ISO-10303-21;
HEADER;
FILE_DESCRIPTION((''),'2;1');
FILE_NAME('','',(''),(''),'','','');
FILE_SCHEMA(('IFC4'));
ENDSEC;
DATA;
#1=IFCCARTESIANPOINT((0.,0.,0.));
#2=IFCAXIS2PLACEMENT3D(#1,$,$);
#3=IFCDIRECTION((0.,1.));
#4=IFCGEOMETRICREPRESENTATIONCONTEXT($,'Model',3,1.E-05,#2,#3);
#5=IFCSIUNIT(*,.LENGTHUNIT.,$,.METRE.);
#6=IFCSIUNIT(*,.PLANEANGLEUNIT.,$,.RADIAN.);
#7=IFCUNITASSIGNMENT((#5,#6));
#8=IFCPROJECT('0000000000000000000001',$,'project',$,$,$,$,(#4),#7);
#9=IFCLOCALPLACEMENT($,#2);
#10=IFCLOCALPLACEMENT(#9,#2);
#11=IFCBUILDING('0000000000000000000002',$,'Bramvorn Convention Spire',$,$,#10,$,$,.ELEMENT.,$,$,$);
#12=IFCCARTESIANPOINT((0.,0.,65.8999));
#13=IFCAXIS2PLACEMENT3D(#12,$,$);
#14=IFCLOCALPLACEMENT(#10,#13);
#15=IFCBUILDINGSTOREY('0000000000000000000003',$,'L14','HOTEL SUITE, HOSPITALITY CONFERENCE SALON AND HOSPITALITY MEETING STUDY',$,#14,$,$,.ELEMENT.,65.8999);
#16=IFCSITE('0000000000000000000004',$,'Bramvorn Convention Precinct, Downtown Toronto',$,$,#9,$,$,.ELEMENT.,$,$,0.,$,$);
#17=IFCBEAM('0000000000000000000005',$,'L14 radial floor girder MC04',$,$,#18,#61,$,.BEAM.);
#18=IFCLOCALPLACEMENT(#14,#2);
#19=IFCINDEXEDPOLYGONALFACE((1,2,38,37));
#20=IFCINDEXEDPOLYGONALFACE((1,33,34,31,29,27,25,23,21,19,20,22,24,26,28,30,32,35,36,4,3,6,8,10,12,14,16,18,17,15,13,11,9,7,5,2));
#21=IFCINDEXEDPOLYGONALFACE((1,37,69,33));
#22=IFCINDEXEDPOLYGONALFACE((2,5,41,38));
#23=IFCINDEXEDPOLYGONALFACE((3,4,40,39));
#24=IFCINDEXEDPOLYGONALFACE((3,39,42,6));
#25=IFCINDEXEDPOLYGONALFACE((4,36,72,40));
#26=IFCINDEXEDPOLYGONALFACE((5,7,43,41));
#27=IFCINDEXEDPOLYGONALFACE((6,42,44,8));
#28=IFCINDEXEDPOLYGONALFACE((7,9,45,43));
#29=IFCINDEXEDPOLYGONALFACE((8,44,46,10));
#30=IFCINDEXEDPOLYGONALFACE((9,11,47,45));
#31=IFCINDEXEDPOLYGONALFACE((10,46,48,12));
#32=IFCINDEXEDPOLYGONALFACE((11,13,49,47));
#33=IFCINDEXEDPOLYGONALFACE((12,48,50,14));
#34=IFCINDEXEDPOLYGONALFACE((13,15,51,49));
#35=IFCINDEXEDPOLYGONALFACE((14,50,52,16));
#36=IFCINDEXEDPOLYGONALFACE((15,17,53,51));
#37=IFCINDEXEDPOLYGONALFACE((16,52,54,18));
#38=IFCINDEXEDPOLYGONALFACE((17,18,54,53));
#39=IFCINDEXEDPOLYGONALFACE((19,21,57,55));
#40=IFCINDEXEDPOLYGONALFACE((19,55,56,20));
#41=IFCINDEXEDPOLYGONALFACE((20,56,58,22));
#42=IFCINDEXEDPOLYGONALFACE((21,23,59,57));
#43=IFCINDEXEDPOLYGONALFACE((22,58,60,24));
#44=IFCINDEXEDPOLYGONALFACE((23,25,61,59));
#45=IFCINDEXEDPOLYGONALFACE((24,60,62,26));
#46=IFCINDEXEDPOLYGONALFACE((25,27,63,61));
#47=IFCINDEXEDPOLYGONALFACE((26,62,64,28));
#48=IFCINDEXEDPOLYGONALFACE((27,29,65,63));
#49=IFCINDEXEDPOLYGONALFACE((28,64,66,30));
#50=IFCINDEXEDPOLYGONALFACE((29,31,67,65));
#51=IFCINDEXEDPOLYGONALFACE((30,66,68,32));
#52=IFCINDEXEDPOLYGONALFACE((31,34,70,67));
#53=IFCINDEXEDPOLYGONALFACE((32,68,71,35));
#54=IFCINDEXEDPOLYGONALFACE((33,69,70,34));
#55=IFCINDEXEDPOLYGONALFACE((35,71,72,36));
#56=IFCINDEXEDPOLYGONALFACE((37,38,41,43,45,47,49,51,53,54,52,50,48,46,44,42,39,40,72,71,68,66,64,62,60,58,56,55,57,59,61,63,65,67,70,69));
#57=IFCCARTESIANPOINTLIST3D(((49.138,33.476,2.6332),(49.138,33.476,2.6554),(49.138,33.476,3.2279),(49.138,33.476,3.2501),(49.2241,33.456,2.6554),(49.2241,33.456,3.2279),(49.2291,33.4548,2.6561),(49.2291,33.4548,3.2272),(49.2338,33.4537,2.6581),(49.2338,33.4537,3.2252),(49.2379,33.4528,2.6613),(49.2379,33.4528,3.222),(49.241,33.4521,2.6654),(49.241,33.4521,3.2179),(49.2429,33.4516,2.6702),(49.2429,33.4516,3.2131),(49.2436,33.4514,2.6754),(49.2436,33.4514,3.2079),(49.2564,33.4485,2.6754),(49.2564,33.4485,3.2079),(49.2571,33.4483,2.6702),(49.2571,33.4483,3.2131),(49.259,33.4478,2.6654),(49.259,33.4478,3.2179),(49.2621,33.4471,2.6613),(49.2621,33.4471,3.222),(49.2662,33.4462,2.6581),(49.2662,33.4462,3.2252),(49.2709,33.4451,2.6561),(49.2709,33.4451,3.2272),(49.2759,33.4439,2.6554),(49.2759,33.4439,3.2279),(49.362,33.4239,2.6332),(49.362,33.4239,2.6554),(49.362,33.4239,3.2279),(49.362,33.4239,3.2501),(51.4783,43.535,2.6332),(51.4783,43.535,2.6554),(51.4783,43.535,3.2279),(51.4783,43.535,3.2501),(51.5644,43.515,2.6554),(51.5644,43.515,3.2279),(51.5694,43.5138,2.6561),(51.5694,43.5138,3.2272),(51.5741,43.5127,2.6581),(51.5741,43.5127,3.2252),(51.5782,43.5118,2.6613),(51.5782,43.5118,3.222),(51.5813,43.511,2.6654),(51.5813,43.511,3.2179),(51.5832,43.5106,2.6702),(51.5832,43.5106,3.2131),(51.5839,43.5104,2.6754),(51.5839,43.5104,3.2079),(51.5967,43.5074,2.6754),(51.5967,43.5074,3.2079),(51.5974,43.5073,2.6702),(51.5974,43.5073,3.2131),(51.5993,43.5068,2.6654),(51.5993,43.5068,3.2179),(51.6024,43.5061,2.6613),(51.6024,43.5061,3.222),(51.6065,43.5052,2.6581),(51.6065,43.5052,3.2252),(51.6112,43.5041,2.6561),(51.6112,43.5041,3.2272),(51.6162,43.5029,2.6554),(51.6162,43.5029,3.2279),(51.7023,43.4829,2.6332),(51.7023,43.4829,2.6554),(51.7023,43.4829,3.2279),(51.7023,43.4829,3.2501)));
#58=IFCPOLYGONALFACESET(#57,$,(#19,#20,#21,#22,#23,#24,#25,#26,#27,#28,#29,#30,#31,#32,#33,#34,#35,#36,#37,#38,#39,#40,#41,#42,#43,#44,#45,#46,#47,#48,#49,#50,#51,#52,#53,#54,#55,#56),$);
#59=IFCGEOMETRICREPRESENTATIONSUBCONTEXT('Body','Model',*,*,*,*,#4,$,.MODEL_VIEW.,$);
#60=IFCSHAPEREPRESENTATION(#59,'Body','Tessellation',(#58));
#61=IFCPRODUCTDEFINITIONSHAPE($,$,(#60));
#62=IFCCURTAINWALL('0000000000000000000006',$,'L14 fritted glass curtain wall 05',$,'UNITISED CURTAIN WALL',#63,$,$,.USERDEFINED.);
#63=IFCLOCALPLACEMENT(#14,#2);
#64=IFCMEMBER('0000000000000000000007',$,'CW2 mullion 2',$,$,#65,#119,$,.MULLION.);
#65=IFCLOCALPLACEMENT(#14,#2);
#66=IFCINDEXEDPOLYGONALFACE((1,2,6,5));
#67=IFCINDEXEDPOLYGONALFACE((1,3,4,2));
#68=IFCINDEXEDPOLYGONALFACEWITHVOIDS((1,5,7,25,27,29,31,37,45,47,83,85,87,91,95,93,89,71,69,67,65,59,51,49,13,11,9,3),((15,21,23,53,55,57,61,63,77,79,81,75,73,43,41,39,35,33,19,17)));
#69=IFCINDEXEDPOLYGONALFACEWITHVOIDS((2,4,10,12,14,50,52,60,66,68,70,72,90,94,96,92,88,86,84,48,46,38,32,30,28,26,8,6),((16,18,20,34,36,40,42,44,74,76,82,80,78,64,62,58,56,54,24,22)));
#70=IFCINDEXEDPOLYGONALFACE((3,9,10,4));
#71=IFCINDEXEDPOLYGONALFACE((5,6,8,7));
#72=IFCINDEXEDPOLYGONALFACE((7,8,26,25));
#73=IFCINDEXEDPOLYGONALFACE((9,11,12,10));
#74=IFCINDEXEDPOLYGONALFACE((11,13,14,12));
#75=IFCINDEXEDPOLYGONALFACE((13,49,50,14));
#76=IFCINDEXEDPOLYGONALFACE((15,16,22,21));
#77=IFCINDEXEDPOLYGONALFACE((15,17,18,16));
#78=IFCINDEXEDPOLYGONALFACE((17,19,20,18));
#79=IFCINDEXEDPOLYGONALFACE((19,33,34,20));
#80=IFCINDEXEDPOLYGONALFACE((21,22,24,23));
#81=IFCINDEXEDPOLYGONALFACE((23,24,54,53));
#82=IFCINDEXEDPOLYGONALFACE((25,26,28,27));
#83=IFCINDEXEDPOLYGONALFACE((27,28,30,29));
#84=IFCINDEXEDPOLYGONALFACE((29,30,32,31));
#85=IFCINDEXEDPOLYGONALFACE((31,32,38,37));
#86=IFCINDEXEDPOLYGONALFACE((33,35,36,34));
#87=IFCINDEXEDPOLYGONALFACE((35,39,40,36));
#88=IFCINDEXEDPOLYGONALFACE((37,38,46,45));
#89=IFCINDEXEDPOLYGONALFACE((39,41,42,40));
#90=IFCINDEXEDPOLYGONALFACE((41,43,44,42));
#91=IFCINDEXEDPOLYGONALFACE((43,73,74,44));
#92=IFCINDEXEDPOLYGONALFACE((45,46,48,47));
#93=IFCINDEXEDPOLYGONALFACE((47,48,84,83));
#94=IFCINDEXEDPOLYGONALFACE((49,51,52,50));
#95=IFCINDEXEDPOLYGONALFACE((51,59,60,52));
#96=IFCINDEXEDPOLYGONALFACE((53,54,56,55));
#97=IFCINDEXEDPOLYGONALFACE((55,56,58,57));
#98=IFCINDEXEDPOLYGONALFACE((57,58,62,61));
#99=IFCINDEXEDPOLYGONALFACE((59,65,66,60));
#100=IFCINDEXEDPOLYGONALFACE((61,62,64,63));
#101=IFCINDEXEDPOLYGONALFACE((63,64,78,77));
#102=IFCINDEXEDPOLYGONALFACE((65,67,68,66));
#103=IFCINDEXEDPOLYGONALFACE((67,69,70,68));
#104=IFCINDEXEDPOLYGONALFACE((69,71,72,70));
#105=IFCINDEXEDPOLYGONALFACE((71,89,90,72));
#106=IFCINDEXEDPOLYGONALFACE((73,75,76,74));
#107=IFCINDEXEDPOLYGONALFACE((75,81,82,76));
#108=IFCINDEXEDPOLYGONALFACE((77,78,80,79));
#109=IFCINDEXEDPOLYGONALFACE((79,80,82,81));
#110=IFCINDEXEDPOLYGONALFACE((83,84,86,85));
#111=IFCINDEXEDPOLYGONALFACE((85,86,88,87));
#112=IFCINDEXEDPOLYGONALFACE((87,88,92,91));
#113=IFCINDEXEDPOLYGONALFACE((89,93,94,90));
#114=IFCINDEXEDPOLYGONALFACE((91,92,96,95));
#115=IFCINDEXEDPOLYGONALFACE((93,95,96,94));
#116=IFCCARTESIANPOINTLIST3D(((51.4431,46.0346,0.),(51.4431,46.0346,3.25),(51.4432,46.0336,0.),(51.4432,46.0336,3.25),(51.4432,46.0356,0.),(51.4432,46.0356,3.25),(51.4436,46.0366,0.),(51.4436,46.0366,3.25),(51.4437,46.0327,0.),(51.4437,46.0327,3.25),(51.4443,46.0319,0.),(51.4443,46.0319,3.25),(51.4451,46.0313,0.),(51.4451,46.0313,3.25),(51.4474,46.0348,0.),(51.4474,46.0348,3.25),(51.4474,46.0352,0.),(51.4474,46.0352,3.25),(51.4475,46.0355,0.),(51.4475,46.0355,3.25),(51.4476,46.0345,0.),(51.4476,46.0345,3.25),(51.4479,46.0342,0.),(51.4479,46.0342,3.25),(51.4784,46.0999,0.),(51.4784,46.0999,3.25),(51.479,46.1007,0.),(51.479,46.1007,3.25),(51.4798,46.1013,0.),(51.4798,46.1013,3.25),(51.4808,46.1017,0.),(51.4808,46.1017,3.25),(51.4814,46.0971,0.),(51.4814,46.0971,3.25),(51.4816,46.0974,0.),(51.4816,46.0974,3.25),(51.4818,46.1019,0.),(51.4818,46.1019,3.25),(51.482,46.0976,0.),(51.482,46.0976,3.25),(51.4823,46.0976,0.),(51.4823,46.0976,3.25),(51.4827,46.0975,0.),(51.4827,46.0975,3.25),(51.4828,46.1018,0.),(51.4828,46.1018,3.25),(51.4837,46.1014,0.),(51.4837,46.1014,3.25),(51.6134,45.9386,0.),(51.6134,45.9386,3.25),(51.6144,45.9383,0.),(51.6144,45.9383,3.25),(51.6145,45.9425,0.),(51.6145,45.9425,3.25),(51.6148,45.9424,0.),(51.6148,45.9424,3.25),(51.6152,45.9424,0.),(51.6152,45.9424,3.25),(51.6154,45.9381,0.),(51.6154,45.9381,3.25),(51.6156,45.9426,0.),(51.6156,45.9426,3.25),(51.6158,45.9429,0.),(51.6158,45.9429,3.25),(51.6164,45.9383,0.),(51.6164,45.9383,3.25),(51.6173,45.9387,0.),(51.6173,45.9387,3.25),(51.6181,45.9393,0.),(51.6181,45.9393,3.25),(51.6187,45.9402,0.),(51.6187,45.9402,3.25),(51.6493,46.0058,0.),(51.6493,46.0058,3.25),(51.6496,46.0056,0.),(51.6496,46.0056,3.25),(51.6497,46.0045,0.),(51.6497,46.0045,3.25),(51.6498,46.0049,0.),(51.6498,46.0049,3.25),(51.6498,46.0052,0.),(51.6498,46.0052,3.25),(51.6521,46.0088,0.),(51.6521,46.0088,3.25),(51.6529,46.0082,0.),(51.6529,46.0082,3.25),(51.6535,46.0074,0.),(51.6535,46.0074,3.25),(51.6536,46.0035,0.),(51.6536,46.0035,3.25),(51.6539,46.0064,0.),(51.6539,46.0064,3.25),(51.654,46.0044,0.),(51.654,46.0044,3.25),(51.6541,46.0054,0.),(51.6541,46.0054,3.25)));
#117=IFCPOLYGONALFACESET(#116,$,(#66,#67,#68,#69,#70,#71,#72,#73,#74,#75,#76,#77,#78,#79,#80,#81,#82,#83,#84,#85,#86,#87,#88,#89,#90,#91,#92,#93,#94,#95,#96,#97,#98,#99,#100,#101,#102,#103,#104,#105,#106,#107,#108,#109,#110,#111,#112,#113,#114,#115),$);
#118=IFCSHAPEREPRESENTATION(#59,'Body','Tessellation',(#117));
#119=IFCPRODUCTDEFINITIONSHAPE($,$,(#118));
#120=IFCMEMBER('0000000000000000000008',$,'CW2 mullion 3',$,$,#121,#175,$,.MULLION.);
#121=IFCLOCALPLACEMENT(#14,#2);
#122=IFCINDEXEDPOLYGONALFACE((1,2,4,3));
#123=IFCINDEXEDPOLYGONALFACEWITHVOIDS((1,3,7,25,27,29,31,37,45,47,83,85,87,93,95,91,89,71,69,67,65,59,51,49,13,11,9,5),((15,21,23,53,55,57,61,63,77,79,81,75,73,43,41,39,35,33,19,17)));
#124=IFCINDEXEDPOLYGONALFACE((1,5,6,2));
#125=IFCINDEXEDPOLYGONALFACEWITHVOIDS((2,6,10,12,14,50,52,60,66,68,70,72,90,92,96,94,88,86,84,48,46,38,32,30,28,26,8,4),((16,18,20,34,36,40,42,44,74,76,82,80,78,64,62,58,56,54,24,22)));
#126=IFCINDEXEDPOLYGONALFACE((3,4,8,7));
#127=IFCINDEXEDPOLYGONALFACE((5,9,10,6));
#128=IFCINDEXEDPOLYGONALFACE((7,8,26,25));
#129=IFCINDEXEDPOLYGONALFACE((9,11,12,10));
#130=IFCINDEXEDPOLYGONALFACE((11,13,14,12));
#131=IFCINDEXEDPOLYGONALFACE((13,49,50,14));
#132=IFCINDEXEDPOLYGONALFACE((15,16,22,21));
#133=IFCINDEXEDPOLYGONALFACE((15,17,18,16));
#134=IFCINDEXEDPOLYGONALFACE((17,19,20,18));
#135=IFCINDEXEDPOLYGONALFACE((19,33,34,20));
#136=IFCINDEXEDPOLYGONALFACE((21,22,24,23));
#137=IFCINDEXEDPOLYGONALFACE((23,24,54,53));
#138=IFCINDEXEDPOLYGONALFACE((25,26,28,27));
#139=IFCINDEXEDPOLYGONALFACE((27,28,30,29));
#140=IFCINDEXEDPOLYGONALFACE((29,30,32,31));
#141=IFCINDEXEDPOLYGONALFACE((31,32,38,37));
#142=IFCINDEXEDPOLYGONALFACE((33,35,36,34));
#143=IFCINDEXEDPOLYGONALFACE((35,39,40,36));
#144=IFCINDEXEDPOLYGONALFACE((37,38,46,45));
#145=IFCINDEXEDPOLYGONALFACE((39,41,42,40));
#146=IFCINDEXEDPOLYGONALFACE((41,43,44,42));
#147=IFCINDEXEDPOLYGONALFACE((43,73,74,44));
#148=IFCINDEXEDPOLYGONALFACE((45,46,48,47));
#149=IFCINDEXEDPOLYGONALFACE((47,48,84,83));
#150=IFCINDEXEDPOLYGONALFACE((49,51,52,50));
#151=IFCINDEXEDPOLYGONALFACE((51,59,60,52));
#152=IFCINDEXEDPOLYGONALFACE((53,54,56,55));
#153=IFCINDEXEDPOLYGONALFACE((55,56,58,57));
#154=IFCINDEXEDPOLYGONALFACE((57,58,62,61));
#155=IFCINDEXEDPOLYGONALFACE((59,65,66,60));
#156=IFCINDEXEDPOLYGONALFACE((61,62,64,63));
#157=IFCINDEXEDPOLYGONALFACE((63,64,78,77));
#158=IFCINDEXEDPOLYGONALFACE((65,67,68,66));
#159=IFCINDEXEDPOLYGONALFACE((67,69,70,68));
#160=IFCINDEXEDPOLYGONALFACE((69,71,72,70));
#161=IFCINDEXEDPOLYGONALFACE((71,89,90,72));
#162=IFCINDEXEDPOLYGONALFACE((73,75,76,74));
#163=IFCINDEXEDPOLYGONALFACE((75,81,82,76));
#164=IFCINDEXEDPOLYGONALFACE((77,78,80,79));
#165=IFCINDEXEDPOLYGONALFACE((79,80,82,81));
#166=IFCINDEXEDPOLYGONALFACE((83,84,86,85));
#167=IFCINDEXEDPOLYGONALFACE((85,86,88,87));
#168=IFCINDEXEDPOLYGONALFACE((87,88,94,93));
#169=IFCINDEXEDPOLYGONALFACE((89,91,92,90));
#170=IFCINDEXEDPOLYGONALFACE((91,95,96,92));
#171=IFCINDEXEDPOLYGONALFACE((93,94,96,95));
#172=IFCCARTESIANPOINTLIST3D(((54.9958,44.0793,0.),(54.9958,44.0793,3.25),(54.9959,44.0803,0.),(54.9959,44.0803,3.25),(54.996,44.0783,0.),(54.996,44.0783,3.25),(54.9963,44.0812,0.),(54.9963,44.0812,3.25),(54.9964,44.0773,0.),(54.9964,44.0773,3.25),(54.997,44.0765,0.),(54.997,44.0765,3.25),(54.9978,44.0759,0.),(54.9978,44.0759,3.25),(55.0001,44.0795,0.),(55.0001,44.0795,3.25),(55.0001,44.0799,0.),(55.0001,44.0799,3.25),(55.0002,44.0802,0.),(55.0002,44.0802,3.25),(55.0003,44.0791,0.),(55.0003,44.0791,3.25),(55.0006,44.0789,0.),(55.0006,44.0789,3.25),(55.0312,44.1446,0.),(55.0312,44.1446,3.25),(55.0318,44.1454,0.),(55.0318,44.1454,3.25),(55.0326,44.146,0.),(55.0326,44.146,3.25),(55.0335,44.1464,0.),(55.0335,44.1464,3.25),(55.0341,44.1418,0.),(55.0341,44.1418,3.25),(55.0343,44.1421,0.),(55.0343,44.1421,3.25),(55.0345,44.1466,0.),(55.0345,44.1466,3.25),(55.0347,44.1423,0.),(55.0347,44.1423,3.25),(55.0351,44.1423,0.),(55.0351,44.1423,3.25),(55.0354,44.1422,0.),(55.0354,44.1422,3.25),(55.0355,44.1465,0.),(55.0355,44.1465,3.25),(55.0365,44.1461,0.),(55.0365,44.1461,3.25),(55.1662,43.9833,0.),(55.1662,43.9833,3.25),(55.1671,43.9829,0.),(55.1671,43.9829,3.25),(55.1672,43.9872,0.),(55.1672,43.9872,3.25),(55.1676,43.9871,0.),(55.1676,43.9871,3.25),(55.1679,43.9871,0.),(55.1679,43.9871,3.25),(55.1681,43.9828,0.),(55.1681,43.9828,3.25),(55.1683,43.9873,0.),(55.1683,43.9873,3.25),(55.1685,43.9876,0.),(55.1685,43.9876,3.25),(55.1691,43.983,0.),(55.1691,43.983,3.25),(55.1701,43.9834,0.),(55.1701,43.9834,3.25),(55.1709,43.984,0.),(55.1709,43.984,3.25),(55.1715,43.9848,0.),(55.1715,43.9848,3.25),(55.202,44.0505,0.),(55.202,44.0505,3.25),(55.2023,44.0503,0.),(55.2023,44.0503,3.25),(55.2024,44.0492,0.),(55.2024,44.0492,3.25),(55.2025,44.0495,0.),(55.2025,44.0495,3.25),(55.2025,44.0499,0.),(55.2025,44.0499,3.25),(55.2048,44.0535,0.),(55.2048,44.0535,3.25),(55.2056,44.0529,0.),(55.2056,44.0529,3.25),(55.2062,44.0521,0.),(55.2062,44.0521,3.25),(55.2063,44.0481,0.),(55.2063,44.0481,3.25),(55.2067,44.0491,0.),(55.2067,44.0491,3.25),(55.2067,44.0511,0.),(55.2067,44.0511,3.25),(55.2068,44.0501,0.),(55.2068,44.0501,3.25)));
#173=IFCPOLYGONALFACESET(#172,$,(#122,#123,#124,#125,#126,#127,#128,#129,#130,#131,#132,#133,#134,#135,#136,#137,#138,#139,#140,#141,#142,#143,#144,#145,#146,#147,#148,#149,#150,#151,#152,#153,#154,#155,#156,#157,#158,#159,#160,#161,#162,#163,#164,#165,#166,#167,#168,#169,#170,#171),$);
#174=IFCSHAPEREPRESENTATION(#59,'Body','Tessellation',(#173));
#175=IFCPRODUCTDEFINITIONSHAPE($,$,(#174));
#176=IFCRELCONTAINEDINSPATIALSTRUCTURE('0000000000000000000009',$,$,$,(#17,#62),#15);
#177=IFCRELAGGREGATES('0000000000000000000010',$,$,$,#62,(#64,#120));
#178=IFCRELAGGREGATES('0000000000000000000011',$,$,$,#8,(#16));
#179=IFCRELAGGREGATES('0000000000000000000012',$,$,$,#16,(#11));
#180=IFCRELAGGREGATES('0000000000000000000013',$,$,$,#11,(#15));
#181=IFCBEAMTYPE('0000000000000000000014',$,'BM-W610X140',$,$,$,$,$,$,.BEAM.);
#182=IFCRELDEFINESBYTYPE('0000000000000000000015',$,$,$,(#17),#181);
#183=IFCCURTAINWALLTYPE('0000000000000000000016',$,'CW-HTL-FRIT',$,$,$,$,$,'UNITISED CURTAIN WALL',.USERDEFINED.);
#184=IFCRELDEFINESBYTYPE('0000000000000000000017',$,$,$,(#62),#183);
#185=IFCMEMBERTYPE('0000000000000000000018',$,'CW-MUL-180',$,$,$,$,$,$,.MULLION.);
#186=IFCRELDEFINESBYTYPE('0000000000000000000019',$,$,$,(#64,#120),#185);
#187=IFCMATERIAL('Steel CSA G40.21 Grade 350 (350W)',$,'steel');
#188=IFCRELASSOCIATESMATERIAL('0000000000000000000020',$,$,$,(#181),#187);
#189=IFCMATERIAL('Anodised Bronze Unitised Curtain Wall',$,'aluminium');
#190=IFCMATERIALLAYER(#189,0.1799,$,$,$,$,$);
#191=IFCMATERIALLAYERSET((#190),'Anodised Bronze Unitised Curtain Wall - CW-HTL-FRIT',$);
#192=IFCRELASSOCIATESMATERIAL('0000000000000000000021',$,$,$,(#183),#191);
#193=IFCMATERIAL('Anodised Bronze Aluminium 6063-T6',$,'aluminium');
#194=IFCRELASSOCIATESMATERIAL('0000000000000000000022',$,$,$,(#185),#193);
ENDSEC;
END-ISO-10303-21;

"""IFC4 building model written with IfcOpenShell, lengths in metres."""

from ifc_helpers import new_model, si_unit, direction, frame, origin, origin_2d, place, context, subcontext, project, spatial, hollow_rectangle, i_section, extrude, material, layer, layer_set, material_profile, profile_set, type_object, element, aggregate, save


model = new_model("IFC4")

# Units and contexts
model_context = context("Model", 3, precision=1e-05, world=origin(), true_north=direction((0.0, 1.0)))
body_context = subcontext(model_context, "Body", "Model", "MODEL_VIEW")
ifc_project = project(units=[si_unit("LENGTHUNIT", "METRE"), si_unit("PLANEANGLEUNIT", "RADIAN")], contexts=[model_context])

# Site, building, storey
site_placement = place(None, origin())
site = spatial("IfcSite", under=ifc_project, at=site_placement, Name="Bramvorn Convention Precinct, Downtown Toronto", CompositionType="ELEMENT", RefElevation=0.0)
building_placement = place(site_placement, origin())
building = spatial("IfcBuilding", under=site, at=building_placement, Name="Bramvorn Convention Spire", CompositionType="ELEMENT")
storey_placement = place(building_placement, frame((0.0, 0.0, 65.8999)))
storey = spatial("IfcBuildingStorey", under=building, at=storey_placement, Name="L14", Description="HOTEL SUITE, HOSPITALITY CONFERENCE SALON AND HOSPITALITY MEETING STUDY", CompositionType="ELEMENT", Elevation=65.8999)

# Shared definitions
ifc_material_1 = material(Name="Steel CSA G40.21 Grade 350 (350W)", Category="steel")

# Beam
ifc_material_profile_1 = material_profile(ifc_material_1, i_section(OverallWidth=0.23, OverallDepth=0.6169, WebThickness=0.0132, FlangeThickness=0.0222, FilletRadius=0.02, at=origin_2d()))
ifc_profile_set_1 = profile_set([ifc_material_profile_1], Name="Steel CSA G40.21 Grade 350 (350W) - W610X140")
beam_type_1 = type_object("IfcBeamType", Name="BM-W610X140", PredefinedType="BEAM", material=ifc_profile_set_1)
beam_1_placement = place(storey_placement, frame((49.25, 33.45, 2.9417), z_axis=(0.226606, 0.973986, 0.0), x_axis=(-0.973986, 0.226606, 0.0)))
element("IfcBeam", 1, at=beam_1_placement, inside=storey, type_object=beam_type_1, Name="L14 radial floor girder MC04", PredefinedType="BEAM", context=body_context, shape_type="SweptSolid", body=[
    extrude(i_section(OverallWidth=0.23, OverallDepth=0.6169, WebThickness=0.0132, FlangeThickness=0.0222, FilletRadius=0.02, at=origin_2d()), origin(), (0.0, 0.0, 1.0), 10.3276),
])

# Curtain wall, members
ifc_material_2 = material(Name="Anodised Bronze Unitised Curtain Wall", Category="aluminium")
ifc_layer_1 = layer(ifc_material_2, 0.1799)
ifc_layer_set_1 = layer_set([ifc_layer_1], Name="Anodised Bronze Unitised Curtain Wall - CW-HTL-FRIT")
curtain_wall_type = type_object("IfcCurtainWallType", Name="CW-HTL-FRIT", ElementType="UNITISED CURTAIN WALL", PredefinedType="USERDEFINED", material=ifc_layer_set_1)
curtain_wall_placement = place(storey_placement, origin())
curtain_wall = element("IfcCurtainWall", 2, at=curtain_wall_placement, inside=storey, type_object=curtain_wall_type, Name="L14 fritted glass curtain wall 05", ObjectType="UNITISED CURTAIN WALL", PredefinedType="USERDEFINED")
ifc_material_3 = material(Name="Anodised Bronze Aluminium 6063-T6", Category="aluminium")
ifc_material_profile_2 = material_profile(ifc_material_3, hollow_rectangle(XDim=0.0801, YDim=0.2, WallThickness=0.0039, InnerFilletRadius=0.001, OuterFilletRadius=0.0039, at=origin_2d()))
ifc_profile_set_2 = profile_set([ifc_material_profile_2], Name="Anodised Bronze Aluminium 6063-T6 - CWM80X200")
member_type_1 = type_object("IfcMemberType", Name="CW-MUL-180", PredefinedType="MULLION", material=ifc_profile_set_2)
member_1_placement = place(storey_placement, frame((51.5486, 46.02, 0.0), z_axis=(0.0, 0.0, 1.0), x_axis=(0.482157, 0.876085, 0.0)))
member_1 = element("IfcMember", 3, at=member_1_placement, type_object=member_type_1, Name="CW2 mullion 2", PredefinedType="MULLION", context=body_context, shape_type="SweptSolid", body=[
    extrude(hollow_rectangle(XDim=0.0801, YDim=0.2, WallThickness=0.0039, InnerFilletRadius=0.001, OuterFilletRadius=0.0039, at=origin_2d()), origin(), (0.0, 0.0, 1.0), 3.25),
])
member_2_placement = place(storey_placement, frame((55.1013, 44.0647, 0.0), z_axis=(0.0, 0.0, 1.0), x_axis=(0.482157, 0.876085, 0.0)))
member_2 = element("IfcMember", 4, at=member_2_placement, type_object=member_type_1, Name="CW2 mullion 3", PredefinedType="MULLION", context=body_context, shape_type="SweptSolid", body=[
    extrude(hollow_rectangle(XDim=0.0801, YDim=0.2, WallThickness=0.0039, InnerFilletRadius=0.001, OuterFilletRadius=0.0039, at=origin_2d()), origin(), (0.0, 0.0, 1.0), 3.25),
])

aggregate(curtain_wall, [member_1, member_2])

save(model, "model.ifc")
